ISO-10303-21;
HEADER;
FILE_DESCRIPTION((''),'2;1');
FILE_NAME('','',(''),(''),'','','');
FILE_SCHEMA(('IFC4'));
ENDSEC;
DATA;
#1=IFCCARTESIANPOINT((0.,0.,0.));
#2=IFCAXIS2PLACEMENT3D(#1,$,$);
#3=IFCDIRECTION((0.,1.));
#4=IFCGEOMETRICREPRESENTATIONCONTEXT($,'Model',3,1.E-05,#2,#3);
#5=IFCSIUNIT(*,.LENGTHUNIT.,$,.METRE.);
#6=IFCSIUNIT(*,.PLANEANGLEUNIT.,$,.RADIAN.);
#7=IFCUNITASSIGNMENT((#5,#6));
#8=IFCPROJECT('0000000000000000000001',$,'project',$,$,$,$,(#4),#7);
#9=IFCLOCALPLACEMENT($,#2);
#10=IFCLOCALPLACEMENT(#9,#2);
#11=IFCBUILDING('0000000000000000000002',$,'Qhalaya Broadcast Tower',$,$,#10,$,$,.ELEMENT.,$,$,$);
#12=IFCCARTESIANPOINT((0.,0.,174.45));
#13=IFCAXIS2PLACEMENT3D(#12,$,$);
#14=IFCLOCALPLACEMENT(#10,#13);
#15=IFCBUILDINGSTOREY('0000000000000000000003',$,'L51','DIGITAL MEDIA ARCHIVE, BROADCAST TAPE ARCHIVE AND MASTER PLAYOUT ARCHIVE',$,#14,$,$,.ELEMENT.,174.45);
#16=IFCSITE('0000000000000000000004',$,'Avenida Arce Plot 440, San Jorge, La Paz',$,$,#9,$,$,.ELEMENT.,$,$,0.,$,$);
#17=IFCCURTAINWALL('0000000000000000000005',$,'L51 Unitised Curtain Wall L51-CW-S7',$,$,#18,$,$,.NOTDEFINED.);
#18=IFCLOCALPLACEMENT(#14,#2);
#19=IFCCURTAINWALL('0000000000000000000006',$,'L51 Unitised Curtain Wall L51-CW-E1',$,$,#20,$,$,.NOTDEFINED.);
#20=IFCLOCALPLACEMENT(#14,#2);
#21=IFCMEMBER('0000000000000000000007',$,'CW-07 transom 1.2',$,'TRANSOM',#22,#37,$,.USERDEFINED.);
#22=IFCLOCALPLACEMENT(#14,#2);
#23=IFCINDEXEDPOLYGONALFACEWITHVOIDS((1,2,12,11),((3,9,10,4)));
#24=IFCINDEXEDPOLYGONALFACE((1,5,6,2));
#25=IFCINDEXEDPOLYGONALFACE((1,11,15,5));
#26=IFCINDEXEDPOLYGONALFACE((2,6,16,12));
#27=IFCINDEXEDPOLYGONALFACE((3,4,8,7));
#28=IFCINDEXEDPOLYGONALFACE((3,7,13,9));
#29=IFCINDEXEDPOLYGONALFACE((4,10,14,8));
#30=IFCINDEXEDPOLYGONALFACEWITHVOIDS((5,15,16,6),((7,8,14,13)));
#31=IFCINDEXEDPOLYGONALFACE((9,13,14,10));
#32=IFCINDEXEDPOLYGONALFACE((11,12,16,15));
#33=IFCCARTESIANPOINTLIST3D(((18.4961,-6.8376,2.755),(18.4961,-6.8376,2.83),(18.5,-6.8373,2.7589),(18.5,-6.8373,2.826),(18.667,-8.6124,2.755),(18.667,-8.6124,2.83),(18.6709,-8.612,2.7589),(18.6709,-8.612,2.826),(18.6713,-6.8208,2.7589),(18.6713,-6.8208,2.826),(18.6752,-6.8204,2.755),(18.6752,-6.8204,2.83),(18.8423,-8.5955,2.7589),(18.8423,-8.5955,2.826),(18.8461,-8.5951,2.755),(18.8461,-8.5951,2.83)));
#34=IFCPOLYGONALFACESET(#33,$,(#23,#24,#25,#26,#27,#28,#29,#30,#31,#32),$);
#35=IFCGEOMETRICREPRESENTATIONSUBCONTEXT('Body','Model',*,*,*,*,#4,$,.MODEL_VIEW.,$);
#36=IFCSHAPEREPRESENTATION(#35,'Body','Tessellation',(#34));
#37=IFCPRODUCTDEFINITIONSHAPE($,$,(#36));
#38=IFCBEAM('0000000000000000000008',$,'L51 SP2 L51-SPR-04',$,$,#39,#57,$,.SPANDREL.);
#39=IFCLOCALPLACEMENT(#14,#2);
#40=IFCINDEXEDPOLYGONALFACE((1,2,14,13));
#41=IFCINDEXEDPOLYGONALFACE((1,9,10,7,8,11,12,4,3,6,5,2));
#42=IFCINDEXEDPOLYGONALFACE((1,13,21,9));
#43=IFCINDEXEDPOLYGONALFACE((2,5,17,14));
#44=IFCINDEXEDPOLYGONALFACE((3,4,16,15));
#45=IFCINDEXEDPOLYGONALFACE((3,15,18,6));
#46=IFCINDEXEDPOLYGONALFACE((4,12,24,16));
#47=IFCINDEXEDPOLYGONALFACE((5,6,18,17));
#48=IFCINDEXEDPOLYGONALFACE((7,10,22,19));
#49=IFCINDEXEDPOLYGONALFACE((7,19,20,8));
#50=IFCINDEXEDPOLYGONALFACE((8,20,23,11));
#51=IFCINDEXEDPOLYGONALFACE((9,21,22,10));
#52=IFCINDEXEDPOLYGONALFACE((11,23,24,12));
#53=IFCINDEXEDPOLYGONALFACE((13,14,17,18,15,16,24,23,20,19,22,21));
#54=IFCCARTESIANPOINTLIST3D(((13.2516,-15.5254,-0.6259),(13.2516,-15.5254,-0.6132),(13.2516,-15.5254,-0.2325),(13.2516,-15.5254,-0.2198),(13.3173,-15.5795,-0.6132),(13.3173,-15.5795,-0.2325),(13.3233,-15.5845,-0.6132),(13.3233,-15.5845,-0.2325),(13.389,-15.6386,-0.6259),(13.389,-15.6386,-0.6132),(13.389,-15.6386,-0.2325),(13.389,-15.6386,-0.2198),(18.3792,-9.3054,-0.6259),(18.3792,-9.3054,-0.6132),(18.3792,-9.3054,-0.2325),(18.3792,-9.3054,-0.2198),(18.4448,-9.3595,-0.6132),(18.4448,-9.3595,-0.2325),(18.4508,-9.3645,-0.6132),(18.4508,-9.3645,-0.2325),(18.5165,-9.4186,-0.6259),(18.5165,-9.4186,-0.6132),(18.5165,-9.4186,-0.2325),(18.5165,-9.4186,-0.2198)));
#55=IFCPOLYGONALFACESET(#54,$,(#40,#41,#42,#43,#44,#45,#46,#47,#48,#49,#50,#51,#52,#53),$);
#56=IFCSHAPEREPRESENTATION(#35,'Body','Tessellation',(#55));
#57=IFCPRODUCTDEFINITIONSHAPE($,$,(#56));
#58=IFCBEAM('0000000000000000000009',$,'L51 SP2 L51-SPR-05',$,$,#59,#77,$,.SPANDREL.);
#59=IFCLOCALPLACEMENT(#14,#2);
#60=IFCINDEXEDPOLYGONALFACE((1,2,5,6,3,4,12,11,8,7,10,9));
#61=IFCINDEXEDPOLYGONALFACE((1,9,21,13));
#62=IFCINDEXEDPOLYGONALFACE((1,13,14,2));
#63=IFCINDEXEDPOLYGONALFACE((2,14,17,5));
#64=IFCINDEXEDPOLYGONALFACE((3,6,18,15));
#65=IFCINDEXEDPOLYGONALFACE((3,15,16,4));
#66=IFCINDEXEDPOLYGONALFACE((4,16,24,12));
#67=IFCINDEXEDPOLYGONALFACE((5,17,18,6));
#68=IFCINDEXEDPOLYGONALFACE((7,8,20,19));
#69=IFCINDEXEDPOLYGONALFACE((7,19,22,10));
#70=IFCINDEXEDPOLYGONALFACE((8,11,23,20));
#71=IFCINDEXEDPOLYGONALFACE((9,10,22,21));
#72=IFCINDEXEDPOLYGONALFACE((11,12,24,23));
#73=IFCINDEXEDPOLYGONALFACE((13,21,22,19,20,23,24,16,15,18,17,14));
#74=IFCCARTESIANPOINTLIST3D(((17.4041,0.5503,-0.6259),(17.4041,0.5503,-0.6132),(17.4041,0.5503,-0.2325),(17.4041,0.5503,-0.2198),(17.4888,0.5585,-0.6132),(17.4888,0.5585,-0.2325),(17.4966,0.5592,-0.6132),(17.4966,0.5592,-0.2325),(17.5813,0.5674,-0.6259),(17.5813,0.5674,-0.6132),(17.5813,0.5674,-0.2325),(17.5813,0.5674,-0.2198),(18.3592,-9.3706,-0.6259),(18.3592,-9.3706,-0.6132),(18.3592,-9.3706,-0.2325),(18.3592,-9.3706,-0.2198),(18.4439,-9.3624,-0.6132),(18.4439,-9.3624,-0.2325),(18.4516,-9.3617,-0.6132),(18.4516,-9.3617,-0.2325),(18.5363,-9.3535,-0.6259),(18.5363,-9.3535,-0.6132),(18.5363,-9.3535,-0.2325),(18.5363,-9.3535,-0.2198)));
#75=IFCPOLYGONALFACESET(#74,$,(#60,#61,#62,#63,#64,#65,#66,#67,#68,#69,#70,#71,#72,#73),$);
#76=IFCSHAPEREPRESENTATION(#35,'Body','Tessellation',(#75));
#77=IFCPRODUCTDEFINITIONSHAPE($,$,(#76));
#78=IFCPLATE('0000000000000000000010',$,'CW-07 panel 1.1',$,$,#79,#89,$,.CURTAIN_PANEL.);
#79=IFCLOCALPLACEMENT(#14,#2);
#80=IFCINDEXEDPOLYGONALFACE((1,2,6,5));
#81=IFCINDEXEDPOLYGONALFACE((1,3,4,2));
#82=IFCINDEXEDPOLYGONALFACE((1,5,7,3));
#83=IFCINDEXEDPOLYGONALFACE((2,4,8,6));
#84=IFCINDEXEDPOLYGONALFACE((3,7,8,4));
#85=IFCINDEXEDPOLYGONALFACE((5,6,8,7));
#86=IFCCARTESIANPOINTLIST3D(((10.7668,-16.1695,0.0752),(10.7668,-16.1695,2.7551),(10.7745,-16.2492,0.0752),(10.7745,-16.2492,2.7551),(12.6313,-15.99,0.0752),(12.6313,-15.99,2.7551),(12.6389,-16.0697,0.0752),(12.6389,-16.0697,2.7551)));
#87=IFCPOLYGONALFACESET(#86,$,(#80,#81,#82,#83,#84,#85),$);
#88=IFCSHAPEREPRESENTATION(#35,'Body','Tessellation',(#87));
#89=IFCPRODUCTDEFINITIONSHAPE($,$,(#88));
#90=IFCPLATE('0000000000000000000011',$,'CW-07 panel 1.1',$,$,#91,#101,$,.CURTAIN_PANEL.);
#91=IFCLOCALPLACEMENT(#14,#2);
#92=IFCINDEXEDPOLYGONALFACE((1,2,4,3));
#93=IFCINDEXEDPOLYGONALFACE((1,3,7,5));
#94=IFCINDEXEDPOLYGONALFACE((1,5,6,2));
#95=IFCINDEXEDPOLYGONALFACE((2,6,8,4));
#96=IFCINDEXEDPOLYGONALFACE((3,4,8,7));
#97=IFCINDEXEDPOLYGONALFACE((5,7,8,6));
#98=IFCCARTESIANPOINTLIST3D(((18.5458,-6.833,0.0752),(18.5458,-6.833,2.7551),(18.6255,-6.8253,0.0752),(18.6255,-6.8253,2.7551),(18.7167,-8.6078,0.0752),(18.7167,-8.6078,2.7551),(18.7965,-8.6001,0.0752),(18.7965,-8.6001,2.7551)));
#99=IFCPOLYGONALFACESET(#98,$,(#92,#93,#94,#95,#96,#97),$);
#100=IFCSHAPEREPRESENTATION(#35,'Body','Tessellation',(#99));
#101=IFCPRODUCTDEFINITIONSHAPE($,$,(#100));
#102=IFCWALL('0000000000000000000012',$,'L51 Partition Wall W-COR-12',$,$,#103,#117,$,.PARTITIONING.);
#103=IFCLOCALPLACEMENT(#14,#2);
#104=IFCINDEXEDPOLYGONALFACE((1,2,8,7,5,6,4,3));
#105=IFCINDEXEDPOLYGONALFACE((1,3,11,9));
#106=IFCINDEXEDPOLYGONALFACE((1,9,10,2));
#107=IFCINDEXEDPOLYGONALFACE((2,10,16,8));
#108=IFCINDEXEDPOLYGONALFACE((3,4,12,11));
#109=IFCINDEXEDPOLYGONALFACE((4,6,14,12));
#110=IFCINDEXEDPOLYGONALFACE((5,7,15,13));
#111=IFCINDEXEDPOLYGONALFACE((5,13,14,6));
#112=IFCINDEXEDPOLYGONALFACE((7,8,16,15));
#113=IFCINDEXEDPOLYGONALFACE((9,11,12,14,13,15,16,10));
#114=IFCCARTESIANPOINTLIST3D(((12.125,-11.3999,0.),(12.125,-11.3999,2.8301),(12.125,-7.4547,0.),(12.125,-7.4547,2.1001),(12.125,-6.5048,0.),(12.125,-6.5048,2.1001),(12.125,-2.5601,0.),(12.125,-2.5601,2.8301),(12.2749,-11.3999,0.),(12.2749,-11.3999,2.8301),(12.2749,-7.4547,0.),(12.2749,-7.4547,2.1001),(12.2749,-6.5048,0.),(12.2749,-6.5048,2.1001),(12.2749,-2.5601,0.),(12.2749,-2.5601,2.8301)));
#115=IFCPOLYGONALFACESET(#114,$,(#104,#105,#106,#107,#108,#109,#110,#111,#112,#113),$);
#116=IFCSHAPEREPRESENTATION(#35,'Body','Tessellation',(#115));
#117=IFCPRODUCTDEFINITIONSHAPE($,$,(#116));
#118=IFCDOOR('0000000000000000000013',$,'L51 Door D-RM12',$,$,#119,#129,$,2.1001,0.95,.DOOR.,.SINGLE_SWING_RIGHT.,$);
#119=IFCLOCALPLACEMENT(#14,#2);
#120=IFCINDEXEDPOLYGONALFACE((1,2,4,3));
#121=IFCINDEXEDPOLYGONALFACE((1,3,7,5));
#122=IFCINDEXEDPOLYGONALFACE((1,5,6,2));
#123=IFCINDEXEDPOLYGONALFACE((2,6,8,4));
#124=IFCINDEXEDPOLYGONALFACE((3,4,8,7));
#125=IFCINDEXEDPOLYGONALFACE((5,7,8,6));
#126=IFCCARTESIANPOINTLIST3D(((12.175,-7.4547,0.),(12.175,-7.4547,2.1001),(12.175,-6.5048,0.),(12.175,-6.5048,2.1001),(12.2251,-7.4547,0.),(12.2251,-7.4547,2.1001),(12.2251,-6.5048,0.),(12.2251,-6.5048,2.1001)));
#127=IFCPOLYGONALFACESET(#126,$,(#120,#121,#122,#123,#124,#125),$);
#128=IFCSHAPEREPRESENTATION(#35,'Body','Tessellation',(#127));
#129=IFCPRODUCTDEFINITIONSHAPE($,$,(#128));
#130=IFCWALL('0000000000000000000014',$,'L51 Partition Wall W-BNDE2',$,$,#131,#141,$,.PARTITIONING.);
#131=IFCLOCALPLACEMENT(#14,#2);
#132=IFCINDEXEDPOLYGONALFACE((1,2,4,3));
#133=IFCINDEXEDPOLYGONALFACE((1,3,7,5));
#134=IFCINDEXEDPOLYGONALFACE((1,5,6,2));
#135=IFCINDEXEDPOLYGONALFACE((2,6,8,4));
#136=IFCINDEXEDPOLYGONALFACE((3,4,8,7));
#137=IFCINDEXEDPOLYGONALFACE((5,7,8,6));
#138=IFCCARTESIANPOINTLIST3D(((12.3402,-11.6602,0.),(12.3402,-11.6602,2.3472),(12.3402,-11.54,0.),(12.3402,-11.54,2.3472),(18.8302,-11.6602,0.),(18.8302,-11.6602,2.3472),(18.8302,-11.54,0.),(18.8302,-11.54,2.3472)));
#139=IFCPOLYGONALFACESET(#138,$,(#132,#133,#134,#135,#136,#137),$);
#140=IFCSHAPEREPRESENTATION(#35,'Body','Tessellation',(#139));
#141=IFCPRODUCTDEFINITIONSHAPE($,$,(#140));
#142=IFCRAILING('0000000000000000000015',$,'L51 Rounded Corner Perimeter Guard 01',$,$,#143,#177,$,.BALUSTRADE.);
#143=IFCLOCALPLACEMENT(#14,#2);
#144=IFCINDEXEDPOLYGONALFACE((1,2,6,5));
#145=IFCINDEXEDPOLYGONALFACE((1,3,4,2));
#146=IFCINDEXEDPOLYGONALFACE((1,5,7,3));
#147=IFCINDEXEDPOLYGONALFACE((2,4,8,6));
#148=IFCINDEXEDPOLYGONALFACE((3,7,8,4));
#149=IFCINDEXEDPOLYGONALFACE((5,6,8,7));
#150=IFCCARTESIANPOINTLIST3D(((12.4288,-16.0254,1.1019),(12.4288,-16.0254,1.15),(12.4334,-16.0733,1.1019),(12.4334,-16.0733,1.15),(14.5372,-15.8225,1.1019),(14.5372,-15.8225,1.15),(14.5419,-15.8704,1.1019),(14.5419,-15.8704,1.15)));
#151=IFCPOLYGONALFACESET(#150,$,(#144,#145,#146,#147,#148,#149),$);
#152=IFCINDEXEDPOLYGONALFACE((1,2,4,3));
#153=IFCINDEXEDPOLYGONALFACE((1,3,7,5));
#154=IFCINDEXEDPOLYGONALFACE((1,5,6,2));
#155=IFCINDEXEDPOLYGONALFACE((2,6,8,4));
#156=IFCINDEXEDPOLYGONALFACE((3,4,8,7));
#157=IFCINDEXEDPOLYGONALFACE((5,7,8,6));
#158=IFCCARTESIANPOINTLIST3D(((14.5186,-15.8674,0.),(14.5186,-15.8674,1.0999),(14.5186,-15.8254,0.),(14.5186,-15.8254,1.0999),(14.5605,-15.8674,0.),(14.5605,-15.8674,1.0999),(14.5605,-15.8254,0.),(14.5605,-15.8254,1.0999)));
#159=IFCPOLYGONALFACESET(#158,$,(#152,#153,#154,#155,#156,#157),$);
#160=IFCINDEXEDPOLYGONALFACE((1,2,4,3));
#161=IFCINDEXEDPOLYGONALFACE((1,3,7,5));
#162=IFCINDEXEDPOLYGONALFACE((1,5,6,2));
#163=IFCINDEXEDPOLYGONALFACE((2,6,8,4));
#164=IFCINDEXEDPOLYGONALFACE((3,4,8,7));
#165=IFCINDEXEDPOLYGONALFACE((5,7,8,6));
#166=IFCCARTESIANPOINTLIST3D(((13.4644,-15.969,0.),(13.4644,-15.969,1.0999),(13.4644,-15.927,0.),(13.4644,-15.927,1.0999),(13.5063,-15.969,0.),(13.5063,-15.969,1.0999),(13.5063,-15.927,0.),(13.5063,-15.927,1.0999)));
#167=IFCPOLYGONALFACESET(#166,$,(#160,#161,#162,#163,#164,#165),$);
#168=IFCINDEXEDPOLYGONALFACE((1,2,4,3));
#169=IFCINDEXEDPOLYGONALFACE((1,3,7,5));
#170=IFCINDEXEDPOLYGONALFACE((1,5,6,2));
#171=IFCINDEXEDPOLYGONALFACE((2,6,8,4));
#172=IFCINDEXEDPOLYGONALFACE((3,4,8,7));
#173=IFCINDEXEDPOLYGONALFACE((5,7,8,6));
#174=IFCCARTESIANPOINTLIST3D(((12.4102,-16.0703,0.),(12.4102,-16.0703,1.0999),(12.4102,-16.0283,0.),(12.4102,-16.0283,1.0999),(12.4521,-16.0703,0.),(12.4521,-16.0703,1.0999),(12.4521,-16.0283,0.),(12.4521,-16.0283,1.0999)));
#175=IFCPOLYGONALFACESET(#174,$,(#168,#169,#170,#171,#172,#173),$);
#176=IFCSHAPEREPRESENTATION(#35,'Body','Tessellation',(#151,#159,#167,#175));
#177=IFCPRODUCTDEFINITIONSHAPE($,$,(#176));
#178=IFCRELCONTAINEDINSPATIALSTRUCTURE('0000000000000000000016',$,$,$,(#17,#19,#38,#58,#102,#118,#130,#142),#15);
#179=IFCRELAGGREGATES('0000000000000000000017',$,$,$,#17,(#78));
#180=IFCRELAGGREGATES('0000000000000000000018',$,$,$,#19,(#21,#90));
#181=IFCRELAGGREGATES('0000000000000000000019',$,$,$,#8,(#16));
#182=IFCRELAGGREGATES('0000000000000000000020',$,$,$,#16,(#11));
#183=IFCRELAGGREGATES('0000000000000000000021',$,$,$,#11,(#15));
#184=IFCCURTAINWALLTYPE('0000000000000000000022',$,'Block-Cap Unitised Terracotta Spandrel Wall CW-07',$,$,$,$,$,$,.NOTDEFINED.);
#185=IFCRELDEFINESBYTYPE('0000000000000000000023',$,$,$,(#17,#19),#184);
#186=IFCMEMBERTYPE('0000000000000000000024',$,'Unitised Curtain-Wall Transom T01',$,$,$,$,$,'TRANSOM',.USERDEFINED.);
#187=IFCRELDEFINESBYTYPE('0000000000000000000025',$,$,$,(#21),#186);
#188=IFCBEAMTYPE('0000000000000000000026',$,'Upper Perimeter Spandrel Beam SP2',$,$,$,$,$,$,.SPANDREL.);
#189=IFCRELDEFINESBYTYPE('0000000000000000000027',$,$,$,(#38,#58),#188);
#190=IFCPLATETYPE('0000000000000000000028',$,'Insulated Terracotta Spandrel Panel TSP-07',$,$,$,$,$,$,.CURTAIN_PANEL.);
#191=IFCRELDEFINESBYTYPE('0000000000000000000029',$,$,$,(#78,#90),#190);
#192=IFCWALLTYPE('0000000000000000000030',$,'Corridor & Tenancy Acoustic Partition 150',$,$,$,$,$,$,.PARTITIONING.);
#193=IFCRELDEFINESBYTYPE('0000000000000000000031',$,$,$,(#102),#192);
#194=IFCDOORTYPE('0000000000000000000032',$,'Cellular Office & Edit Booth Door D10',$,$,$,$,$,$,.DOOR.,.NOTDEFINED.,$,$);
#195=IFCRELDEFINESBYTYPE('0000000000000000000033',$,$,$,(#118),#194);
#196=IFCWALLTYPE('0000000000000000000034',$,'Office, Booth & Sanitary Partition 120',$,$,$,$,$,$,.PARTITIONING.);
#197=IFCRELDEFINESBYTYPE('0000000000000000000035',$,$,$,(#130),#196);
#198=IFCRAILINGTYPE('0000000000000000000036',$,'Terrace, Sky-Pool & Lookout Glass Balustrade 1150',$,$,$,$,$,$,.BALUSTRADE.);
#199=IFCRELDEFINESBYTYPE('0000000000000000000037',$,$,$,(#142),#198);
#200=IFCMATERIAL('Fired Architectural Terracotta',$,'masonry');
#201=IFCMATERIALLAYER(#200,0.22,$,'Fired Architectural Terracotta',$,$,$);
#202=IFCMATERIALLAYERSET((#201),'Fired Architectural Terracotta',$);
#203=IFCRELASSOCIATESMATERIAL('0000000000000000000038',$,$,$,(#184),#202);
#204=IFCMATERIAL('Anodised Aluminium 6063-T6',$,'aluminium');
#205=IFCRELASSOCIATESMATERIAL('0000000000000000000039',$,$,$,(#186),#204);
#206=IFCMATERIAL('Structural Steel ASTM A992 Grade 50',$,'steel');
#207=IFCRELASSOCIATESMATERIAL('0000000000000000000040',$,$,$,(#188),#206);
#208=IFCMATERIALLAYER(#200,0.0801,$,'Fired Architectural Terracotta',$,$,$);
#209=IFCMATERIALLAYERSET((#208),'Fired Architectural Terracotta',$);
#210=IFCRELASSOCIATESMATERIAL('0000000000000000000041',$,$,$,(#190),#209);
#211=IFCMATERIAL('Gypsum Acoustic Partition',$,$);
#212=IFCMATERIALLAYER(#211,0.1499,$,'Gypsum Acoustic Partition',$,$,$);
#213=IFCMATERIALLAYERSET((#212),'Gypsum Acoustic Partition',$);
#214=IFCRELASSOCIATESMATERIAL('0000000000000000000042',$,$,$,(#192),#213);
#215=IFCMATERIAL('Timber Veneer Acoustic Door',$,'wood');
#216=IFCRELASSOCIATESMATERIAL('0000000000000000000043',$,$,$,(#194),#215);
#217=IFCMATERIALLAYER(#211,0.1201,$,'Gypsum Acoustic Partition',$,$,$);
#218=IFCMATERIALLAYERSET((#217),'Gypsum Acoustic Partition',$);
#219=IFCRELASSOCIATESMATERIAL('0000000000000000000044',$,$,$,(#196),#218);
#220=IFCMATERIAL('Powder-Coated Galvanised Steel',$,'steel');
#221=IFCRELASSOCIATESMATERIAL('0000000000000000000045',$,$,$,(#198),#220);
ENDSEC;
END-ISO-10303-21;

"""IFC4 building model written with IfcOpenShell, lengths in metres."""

from ifc_helpers import new_model, si_unit, direction, frame, frame_2d, origin, origin_2d, place, context, subcontext, project, spatial, rectangle, hollow_rectangle, i_section, extrude, material, layer, layer_set, material_profile, profile_set, type_object, element, fill, aggregate, save


model = new_model("IFC4")

# Units and contexts
model_context = context("Model", 3, precision=1e-05, world=origin(), true_north=direction((0.0, 1.0)))
body_context = subcontext(model_context, "Body", "Model", "MODEL_VIEW")
ifc_project = project(units=[si_unit("LENGTHUNIT", "METRE"), si_unit("PLANEANGLEUNIT", "RADIAN")], contexts=[model_context])

# Site, building, storey
site_placement = place(None, origin())
site = spatial("IfcSite", under=ifc_project, at=site_placement, Name="Avenida Arce Plot 440, San Jorge, La Paz", CompositionType="ELEMENT", RefElevation=0.0)
building_placement = place(site_placement, origin())
building = spatial("IfcBuilding", under=site, at=building_placement, Name="Qhalaya Broadcast Tower", CompositionType="ELEMENT")
storey_placement = place(building_placement, frame((0.0, 0.0, 174.45)))
storey = spatial("IfcBuildingStorey", under=building, at=storey_placement, Name="L51", Description="DIGITAL MEDIA ARCHIVE, BROADCAST TAPE ARCHIVE AND MASTER PLAYOUT ARCHIVE", CompositionType="ELEMENT", Elevation=174.45)

# Shared definitions
ifc_material_1 = material(Name="Anodised Aluminium 6063-T6", Category="aluminium")

# Curtain walls
ifc_material_2 = material(Name="Fired Architectural Terracotta", Category="masonry")
ifc_layer_1 = layer(ifc_material_2, 0.22, Name="Fired Architectural Terracotta")
ifc_layer_set_1 = layer_set([ifc_layer_1], Name="Fired Architectural Terracotta")
curtain_wall_type_1 = type_object("IfcCurtainWallType", Name="Block-Cap Unitised Terracotta Spandrel Wall CW-07", PredefinedType="NOTDEFINED", material=ifc_layer_set_1)
curtain_wall_1_placement = place(storey_placement, origin())
curtain_wall_1 = element("IfcCurtainWall", 1, at=curtain_wall_1_placement, inside=storey, type_object=curtain_wall_type_1, Name="L51 Unitised Curtain Wall L51-CW-S7", PredefinedType="NOTDEFINED")
curtain_wall_2_placement = place(storey_placement, origin())
curtain_wall_2 = element("IfcCurtainWall", 2, at=curtain_wall_2_placement, inside=storey, type_object=curtain_wall_type_1, Name="L51 Unitised Curtain Wall L51-CW-E1", PredefinedType="NOTDEFINED")

# Member
ifc_material_profile_1 = material_profile(ifc_material_1, hollow_rectangle(XDim=0.075, YDim=0.1799, WallThickness=0.0039, at=origin_2d()), Name="ALU-TRN 75x180x4")
ifc_profile_set_1 = profile_set([ifc_material_profile_1], Name="Anodised Aluminium 6063-T6")
member_type_1 = type_object("IfcMemberType", Name="Unitised Curtain-Wall Transom T01", ElementType="TRANSOM", PredefinedType="USERDEFINED", material=ifc_profile_set_1)
member_1_placement = place(storey_placement, frame((18.7566, -8.6038, 2.7925), z_axis=(-0.095856, 0.995395, 0.0), x_axis=(0.0, 0.0, 1.0)))
member_1 = element("IfcMember", 3, at=member_1_placement, type_object=member_type_1, Name="CW-07 transom 1.2", ObjectType="TRANSOM", PredefinedType="USERDEFINED", context=body_context, shape_type="SweptSolid", body=[
    extrude(hollow_rectangle(XDim=0.075, YDim=0.1799, WallThickness=0.0039, at=origin_2d()), origin(), (0.0, 0.0, 1.0), 1.783),
])

# Beams
ifc_material_3 = material(Name="Structural Steel ASTM A992 Grade 50", Category="steel")
ifc_material_profile_2 = material_profile(ifc_material_3, i_section(OverallWidth=0.178, OverallDepth=0.406, WebThickness=0.0078, FlangeThickness=0.0127, at=origin_2d()), Name="W16X40")
ifc_profile_set_2 = profile_set([ifc_material_profile_2], Name="Structural Steel ASTM A992 Grade 50")
beam_type = type_object("IfcBeamType", Name="Upper Perimeter Spandrel Beam SP2", PredefinedType="SPANDREL", material=ifc_profile_set_2)
beam_1_placement = place(storey_placement, frame((13.3203, -15.582, -0.4229), z_axis=(0.636085, 0.771619, 0.0), x_axis=(-0.771619, 0.636085, 0.0)))
element("IfcBeam", 4, at=beam_1_placement, inside=storey, type_object=beam_type, Name="L51 SP2 L51-SPR-04", PredefinedType="SPANDREL", context=body_context, shape_type="SweptSolid", body=[
    extrude(i_section(OverallWidth=0.178, OverallDepth=0.406, WebThickness=0.0078, FlangeThickness=0.0127, at=origin_2d()), origin(), (0.0, 0.0, 1.0), 8.061),
])
beam_2_placement = place(storey_placement, frame((18.4478, -9.3621, -0.4229), z_axis=(-0.095826, 0.995398, 0.0), x_axis=(-0.995398, -0.095826, 0.0)))
element("IfcBeam", 5, at=beam_2_placement, inside=storey, type_object=beam_type, Name="L51 SP2 L51-SPR-05", PredefinedType="SPANDREL", context=body_context, shape_type="SweptSolid", body=[
    extrude(i_section(OverallWidth=0.178, OverallDepth=0.406, WebThickness=0.0078, FlangeThickness=0.0127, at=origin_2d()), origin(), (0.0, 0.0, 1.0), 9.9668),
])

# Plates
ifc_layer_2 = layer(ifc_material_2, 0.0801, Name="Fired Architectural Terracotta")
ifc_layer_set_2 = layer_set([ifc_layer_2], Name="Fired Architectural Terracotta")
plate_type = type_object("IfcPlateType", Name="Insulated Terracotta Spandrel Panel TSP-07", PredefinedType="CURTAIN_PANEL", material=ifc_layer_set_2)
plate_1_placement = place(storey_placement, frame((11.7029, -16.1196, 0.0752), z_axis=(0.0, 0.0, 1.0), x_axis=(0.995396, 0.095847, 0.0)))
plate_1 = element("IfcPlate", 6, at=plate_1_placement, type_object=plate_type, Name="CW-07 panel 1.1", PredefinedType="CURTAIN_PANEL", context=body_context, shape_type="SweptSolid", body=[
    extrude(rectangle(XDim=1.873, YDim=0.0801, at=origin_2d()), origin(), (0.0, 0.0, 1.0), 2.6799),
])
aggregate(curtain_wall_1, [plate_1])
plate_2_placement = place(storey_placement, frame((18.6711, -7.7166, 0.0752), z_axis=(0.0, 0.0, 1.0), x_axis=(-0.095861, 0.995395, 0.0)))
plate_2 = element("IfcPlate", 7, at=plate_2_placement, type_object=plate_type, Name="CW-07 panel 1.1", PredefinedType="CURTAIN_PANEL", context=body_context, shape_type="SweptSolid", body=[
    extrude(rectangle(XDim=1.783, YDim=0.0801, at=origin_2d()), origin(), (0.0, 0.0, 1.0), 2.6799),
])
aggregate(curtain_wall_2, [member_1, plate_2])

# Wall, opening, door
ifc_material_4 = material(Name="Gypsum Acoustic Partition")
ifc_layer_3 = layer(ifc_material_4, 0.1499, Name="Gypsum Acoustic Partition")
ifc_layer_set_3 = layer_set([ifc_layer_3], Name="Gypsum Acoustic Partition")
wall_type_1 = type_object("IfcWallType", Name="Corridor & Tenancy Acoustic Partition 150", PredefinedType="PARTITIONING", material=ifc_layer_set_3)
wall_1_placement = place(storey_placement, frame((12.2, -11.3999, 0.0), z_axis=(0.0, 0.0, 1.0), x_axis=(0.0, 1.0, 0.0)))
wall_1 = element("IfcWall", 8, at=wall_1_placement, inside=storey, type_object=wall_type_1, Name="L51 Partition Wall W-COR-12", PredefinedType="PARTITIONING", context=body_context, shape_type="SweptSolid", body=[
    extrude(rectangle(XDim=8.8398, YDim=0.1499, at=frame_2d((4.4199, 0.0))), origin(), (0.0, 0.0, 1.0), 2.8301),
])
opening_placement = place(wall_1_placement, frame((3.9451, 0.0, 0.0)))
opening = element("IfcOpeningElement", 9, at=opening_placement, cuts=wall_1, PredefinedType="OPENING", context=body_context, shape_type="SweptSolid", body=[
    extrude(rectangle(XDim=0.95, YDim=2.1001, at=frame_2d((0.4751, 1.05))), frame((0.0, 0.0869, 0.0), z_axis=(0.0, -1.0, 0.0), x_axis=(1.0, 0.0, 0.0)), (0.0, 0.0, 1.0), 0.1738),
])
ifc_material_5 = material(Name="Timber Veneer Acoustic Door", Category="wood")
door_type = type_object("IfcDoorType", Name="Cellular Office & Edit Booth Door D10", OperationType="NOTDEFINED", PredefinedType="DOOR", material=ifc_material_5)
door_placement = place(opening_placement, origin())
door = element("IfcDoor", 10, at=door_placement, inside=storey, type_object=door_type, Name="L51 Door D-RM12", OperationType="SINGLE_SWING_RIGHT", OverallHeight=2.1001, OverallWidth=0.95, PredefinedType="DOOR", context=body_context, shape_type="SweptSolid", body=[
    extrude(rectangle(XDim=0.95, YDim=2.1001, at=frame_2d((0.4751, 1.05))), frame((0.0, 0.0249, 0.0), z_axis=(0.0, -1.0, 0.0), x_axis=(1.0, 0.0, 0.0)), (0.0, 0.0, 1.0), 0.05),
])
fill(opening, door)

# Wall
ifc_layer_4 = layer(ifc_material_4, 0.1201, Name="Gypsum Acoustic Partition")
ifc_layer_set_4 = layer_set([ifc_layer_4], Name="Gypsum Acoustic Partition")
wall_type_2 = type_object("IfcWallType", Name="Office, Booth & Sanitary Partition 120", PredefinedType="PARTITIONING", material=ifc_layer_set_4)
wall_2_placement = place(storey_placement, frame((12.3401, -11.6001, 0.0), z_axis=(0.0, 0.0, 1.0), x_axis=(1.0, 0.0, 0.0)))
element("IfcWall", 11, at=wall_2_placement, inside=storey, type_object=wall_type_2, Name="L51 Partition Wall W-BNDE2", PredefinedType="PARTITIONING", context=body_context, shape_type="SweptSolid", body=[
    extrude(rectangle(XDim=6.49, YDim=0.1201, at=frame_2d((3.2451, 0.0))), origin(), (0.0, 0.0, 1.0), 2.3472),
])

# Railing
ifc_material_6 = material(Name="Powder-Coated Galvanised Steel", Category="steel")
railing_type = type_object("IfcRailingType", Name="Terrace, Sky-Pool & Lookout Glass Balustrade 1150", PredefinedType="BALUSTRADE", material=ifc_material_6)
railing_1_placement = place(storey_placement, frame((14.5396, -15.8464, 0.0)))
element("IfcRailing", 12, at=railing_1_placement, inside=storey, type_object=railing_type, Name="L51 Rounded Corner Perimeter Guard 01", PredefinedType="BALUSTRADE", context=body_context, shape_type="SweptSolid", body=[
    extrude(rectangle(XDim=0.0481, YDim=0.0481, at=origin_2d()), frame((0.0, 0.0, 1.126), z_axis=(-0.995402, -0.095783, 0.0), x_axis=(0.095783, -0.995402, 0.0)), (0.0, 0.0, 1.0), 2.1182),
    extrude(rectangle(XDim=0.042, YDim=0.042, at=origin_2d()), origin(), (0.0, 0.0, 1.0), 1.0999),
    extrude(rectangle(XDim=0.042, YDim=0.042, at=origin_2d()), frame((-1.0542, -0.1016, 0.0)), (0.0, 0.0, 1.0), 1.0999),
    extrude(rectangle(XDim=0.042, YDim=0.042, at=origin_2d()), frame((-2.1084, -0.2029, 0.0)), (0.0, 0.0, 1.0), 1.0999),
])

save(model, "model.ifc")
